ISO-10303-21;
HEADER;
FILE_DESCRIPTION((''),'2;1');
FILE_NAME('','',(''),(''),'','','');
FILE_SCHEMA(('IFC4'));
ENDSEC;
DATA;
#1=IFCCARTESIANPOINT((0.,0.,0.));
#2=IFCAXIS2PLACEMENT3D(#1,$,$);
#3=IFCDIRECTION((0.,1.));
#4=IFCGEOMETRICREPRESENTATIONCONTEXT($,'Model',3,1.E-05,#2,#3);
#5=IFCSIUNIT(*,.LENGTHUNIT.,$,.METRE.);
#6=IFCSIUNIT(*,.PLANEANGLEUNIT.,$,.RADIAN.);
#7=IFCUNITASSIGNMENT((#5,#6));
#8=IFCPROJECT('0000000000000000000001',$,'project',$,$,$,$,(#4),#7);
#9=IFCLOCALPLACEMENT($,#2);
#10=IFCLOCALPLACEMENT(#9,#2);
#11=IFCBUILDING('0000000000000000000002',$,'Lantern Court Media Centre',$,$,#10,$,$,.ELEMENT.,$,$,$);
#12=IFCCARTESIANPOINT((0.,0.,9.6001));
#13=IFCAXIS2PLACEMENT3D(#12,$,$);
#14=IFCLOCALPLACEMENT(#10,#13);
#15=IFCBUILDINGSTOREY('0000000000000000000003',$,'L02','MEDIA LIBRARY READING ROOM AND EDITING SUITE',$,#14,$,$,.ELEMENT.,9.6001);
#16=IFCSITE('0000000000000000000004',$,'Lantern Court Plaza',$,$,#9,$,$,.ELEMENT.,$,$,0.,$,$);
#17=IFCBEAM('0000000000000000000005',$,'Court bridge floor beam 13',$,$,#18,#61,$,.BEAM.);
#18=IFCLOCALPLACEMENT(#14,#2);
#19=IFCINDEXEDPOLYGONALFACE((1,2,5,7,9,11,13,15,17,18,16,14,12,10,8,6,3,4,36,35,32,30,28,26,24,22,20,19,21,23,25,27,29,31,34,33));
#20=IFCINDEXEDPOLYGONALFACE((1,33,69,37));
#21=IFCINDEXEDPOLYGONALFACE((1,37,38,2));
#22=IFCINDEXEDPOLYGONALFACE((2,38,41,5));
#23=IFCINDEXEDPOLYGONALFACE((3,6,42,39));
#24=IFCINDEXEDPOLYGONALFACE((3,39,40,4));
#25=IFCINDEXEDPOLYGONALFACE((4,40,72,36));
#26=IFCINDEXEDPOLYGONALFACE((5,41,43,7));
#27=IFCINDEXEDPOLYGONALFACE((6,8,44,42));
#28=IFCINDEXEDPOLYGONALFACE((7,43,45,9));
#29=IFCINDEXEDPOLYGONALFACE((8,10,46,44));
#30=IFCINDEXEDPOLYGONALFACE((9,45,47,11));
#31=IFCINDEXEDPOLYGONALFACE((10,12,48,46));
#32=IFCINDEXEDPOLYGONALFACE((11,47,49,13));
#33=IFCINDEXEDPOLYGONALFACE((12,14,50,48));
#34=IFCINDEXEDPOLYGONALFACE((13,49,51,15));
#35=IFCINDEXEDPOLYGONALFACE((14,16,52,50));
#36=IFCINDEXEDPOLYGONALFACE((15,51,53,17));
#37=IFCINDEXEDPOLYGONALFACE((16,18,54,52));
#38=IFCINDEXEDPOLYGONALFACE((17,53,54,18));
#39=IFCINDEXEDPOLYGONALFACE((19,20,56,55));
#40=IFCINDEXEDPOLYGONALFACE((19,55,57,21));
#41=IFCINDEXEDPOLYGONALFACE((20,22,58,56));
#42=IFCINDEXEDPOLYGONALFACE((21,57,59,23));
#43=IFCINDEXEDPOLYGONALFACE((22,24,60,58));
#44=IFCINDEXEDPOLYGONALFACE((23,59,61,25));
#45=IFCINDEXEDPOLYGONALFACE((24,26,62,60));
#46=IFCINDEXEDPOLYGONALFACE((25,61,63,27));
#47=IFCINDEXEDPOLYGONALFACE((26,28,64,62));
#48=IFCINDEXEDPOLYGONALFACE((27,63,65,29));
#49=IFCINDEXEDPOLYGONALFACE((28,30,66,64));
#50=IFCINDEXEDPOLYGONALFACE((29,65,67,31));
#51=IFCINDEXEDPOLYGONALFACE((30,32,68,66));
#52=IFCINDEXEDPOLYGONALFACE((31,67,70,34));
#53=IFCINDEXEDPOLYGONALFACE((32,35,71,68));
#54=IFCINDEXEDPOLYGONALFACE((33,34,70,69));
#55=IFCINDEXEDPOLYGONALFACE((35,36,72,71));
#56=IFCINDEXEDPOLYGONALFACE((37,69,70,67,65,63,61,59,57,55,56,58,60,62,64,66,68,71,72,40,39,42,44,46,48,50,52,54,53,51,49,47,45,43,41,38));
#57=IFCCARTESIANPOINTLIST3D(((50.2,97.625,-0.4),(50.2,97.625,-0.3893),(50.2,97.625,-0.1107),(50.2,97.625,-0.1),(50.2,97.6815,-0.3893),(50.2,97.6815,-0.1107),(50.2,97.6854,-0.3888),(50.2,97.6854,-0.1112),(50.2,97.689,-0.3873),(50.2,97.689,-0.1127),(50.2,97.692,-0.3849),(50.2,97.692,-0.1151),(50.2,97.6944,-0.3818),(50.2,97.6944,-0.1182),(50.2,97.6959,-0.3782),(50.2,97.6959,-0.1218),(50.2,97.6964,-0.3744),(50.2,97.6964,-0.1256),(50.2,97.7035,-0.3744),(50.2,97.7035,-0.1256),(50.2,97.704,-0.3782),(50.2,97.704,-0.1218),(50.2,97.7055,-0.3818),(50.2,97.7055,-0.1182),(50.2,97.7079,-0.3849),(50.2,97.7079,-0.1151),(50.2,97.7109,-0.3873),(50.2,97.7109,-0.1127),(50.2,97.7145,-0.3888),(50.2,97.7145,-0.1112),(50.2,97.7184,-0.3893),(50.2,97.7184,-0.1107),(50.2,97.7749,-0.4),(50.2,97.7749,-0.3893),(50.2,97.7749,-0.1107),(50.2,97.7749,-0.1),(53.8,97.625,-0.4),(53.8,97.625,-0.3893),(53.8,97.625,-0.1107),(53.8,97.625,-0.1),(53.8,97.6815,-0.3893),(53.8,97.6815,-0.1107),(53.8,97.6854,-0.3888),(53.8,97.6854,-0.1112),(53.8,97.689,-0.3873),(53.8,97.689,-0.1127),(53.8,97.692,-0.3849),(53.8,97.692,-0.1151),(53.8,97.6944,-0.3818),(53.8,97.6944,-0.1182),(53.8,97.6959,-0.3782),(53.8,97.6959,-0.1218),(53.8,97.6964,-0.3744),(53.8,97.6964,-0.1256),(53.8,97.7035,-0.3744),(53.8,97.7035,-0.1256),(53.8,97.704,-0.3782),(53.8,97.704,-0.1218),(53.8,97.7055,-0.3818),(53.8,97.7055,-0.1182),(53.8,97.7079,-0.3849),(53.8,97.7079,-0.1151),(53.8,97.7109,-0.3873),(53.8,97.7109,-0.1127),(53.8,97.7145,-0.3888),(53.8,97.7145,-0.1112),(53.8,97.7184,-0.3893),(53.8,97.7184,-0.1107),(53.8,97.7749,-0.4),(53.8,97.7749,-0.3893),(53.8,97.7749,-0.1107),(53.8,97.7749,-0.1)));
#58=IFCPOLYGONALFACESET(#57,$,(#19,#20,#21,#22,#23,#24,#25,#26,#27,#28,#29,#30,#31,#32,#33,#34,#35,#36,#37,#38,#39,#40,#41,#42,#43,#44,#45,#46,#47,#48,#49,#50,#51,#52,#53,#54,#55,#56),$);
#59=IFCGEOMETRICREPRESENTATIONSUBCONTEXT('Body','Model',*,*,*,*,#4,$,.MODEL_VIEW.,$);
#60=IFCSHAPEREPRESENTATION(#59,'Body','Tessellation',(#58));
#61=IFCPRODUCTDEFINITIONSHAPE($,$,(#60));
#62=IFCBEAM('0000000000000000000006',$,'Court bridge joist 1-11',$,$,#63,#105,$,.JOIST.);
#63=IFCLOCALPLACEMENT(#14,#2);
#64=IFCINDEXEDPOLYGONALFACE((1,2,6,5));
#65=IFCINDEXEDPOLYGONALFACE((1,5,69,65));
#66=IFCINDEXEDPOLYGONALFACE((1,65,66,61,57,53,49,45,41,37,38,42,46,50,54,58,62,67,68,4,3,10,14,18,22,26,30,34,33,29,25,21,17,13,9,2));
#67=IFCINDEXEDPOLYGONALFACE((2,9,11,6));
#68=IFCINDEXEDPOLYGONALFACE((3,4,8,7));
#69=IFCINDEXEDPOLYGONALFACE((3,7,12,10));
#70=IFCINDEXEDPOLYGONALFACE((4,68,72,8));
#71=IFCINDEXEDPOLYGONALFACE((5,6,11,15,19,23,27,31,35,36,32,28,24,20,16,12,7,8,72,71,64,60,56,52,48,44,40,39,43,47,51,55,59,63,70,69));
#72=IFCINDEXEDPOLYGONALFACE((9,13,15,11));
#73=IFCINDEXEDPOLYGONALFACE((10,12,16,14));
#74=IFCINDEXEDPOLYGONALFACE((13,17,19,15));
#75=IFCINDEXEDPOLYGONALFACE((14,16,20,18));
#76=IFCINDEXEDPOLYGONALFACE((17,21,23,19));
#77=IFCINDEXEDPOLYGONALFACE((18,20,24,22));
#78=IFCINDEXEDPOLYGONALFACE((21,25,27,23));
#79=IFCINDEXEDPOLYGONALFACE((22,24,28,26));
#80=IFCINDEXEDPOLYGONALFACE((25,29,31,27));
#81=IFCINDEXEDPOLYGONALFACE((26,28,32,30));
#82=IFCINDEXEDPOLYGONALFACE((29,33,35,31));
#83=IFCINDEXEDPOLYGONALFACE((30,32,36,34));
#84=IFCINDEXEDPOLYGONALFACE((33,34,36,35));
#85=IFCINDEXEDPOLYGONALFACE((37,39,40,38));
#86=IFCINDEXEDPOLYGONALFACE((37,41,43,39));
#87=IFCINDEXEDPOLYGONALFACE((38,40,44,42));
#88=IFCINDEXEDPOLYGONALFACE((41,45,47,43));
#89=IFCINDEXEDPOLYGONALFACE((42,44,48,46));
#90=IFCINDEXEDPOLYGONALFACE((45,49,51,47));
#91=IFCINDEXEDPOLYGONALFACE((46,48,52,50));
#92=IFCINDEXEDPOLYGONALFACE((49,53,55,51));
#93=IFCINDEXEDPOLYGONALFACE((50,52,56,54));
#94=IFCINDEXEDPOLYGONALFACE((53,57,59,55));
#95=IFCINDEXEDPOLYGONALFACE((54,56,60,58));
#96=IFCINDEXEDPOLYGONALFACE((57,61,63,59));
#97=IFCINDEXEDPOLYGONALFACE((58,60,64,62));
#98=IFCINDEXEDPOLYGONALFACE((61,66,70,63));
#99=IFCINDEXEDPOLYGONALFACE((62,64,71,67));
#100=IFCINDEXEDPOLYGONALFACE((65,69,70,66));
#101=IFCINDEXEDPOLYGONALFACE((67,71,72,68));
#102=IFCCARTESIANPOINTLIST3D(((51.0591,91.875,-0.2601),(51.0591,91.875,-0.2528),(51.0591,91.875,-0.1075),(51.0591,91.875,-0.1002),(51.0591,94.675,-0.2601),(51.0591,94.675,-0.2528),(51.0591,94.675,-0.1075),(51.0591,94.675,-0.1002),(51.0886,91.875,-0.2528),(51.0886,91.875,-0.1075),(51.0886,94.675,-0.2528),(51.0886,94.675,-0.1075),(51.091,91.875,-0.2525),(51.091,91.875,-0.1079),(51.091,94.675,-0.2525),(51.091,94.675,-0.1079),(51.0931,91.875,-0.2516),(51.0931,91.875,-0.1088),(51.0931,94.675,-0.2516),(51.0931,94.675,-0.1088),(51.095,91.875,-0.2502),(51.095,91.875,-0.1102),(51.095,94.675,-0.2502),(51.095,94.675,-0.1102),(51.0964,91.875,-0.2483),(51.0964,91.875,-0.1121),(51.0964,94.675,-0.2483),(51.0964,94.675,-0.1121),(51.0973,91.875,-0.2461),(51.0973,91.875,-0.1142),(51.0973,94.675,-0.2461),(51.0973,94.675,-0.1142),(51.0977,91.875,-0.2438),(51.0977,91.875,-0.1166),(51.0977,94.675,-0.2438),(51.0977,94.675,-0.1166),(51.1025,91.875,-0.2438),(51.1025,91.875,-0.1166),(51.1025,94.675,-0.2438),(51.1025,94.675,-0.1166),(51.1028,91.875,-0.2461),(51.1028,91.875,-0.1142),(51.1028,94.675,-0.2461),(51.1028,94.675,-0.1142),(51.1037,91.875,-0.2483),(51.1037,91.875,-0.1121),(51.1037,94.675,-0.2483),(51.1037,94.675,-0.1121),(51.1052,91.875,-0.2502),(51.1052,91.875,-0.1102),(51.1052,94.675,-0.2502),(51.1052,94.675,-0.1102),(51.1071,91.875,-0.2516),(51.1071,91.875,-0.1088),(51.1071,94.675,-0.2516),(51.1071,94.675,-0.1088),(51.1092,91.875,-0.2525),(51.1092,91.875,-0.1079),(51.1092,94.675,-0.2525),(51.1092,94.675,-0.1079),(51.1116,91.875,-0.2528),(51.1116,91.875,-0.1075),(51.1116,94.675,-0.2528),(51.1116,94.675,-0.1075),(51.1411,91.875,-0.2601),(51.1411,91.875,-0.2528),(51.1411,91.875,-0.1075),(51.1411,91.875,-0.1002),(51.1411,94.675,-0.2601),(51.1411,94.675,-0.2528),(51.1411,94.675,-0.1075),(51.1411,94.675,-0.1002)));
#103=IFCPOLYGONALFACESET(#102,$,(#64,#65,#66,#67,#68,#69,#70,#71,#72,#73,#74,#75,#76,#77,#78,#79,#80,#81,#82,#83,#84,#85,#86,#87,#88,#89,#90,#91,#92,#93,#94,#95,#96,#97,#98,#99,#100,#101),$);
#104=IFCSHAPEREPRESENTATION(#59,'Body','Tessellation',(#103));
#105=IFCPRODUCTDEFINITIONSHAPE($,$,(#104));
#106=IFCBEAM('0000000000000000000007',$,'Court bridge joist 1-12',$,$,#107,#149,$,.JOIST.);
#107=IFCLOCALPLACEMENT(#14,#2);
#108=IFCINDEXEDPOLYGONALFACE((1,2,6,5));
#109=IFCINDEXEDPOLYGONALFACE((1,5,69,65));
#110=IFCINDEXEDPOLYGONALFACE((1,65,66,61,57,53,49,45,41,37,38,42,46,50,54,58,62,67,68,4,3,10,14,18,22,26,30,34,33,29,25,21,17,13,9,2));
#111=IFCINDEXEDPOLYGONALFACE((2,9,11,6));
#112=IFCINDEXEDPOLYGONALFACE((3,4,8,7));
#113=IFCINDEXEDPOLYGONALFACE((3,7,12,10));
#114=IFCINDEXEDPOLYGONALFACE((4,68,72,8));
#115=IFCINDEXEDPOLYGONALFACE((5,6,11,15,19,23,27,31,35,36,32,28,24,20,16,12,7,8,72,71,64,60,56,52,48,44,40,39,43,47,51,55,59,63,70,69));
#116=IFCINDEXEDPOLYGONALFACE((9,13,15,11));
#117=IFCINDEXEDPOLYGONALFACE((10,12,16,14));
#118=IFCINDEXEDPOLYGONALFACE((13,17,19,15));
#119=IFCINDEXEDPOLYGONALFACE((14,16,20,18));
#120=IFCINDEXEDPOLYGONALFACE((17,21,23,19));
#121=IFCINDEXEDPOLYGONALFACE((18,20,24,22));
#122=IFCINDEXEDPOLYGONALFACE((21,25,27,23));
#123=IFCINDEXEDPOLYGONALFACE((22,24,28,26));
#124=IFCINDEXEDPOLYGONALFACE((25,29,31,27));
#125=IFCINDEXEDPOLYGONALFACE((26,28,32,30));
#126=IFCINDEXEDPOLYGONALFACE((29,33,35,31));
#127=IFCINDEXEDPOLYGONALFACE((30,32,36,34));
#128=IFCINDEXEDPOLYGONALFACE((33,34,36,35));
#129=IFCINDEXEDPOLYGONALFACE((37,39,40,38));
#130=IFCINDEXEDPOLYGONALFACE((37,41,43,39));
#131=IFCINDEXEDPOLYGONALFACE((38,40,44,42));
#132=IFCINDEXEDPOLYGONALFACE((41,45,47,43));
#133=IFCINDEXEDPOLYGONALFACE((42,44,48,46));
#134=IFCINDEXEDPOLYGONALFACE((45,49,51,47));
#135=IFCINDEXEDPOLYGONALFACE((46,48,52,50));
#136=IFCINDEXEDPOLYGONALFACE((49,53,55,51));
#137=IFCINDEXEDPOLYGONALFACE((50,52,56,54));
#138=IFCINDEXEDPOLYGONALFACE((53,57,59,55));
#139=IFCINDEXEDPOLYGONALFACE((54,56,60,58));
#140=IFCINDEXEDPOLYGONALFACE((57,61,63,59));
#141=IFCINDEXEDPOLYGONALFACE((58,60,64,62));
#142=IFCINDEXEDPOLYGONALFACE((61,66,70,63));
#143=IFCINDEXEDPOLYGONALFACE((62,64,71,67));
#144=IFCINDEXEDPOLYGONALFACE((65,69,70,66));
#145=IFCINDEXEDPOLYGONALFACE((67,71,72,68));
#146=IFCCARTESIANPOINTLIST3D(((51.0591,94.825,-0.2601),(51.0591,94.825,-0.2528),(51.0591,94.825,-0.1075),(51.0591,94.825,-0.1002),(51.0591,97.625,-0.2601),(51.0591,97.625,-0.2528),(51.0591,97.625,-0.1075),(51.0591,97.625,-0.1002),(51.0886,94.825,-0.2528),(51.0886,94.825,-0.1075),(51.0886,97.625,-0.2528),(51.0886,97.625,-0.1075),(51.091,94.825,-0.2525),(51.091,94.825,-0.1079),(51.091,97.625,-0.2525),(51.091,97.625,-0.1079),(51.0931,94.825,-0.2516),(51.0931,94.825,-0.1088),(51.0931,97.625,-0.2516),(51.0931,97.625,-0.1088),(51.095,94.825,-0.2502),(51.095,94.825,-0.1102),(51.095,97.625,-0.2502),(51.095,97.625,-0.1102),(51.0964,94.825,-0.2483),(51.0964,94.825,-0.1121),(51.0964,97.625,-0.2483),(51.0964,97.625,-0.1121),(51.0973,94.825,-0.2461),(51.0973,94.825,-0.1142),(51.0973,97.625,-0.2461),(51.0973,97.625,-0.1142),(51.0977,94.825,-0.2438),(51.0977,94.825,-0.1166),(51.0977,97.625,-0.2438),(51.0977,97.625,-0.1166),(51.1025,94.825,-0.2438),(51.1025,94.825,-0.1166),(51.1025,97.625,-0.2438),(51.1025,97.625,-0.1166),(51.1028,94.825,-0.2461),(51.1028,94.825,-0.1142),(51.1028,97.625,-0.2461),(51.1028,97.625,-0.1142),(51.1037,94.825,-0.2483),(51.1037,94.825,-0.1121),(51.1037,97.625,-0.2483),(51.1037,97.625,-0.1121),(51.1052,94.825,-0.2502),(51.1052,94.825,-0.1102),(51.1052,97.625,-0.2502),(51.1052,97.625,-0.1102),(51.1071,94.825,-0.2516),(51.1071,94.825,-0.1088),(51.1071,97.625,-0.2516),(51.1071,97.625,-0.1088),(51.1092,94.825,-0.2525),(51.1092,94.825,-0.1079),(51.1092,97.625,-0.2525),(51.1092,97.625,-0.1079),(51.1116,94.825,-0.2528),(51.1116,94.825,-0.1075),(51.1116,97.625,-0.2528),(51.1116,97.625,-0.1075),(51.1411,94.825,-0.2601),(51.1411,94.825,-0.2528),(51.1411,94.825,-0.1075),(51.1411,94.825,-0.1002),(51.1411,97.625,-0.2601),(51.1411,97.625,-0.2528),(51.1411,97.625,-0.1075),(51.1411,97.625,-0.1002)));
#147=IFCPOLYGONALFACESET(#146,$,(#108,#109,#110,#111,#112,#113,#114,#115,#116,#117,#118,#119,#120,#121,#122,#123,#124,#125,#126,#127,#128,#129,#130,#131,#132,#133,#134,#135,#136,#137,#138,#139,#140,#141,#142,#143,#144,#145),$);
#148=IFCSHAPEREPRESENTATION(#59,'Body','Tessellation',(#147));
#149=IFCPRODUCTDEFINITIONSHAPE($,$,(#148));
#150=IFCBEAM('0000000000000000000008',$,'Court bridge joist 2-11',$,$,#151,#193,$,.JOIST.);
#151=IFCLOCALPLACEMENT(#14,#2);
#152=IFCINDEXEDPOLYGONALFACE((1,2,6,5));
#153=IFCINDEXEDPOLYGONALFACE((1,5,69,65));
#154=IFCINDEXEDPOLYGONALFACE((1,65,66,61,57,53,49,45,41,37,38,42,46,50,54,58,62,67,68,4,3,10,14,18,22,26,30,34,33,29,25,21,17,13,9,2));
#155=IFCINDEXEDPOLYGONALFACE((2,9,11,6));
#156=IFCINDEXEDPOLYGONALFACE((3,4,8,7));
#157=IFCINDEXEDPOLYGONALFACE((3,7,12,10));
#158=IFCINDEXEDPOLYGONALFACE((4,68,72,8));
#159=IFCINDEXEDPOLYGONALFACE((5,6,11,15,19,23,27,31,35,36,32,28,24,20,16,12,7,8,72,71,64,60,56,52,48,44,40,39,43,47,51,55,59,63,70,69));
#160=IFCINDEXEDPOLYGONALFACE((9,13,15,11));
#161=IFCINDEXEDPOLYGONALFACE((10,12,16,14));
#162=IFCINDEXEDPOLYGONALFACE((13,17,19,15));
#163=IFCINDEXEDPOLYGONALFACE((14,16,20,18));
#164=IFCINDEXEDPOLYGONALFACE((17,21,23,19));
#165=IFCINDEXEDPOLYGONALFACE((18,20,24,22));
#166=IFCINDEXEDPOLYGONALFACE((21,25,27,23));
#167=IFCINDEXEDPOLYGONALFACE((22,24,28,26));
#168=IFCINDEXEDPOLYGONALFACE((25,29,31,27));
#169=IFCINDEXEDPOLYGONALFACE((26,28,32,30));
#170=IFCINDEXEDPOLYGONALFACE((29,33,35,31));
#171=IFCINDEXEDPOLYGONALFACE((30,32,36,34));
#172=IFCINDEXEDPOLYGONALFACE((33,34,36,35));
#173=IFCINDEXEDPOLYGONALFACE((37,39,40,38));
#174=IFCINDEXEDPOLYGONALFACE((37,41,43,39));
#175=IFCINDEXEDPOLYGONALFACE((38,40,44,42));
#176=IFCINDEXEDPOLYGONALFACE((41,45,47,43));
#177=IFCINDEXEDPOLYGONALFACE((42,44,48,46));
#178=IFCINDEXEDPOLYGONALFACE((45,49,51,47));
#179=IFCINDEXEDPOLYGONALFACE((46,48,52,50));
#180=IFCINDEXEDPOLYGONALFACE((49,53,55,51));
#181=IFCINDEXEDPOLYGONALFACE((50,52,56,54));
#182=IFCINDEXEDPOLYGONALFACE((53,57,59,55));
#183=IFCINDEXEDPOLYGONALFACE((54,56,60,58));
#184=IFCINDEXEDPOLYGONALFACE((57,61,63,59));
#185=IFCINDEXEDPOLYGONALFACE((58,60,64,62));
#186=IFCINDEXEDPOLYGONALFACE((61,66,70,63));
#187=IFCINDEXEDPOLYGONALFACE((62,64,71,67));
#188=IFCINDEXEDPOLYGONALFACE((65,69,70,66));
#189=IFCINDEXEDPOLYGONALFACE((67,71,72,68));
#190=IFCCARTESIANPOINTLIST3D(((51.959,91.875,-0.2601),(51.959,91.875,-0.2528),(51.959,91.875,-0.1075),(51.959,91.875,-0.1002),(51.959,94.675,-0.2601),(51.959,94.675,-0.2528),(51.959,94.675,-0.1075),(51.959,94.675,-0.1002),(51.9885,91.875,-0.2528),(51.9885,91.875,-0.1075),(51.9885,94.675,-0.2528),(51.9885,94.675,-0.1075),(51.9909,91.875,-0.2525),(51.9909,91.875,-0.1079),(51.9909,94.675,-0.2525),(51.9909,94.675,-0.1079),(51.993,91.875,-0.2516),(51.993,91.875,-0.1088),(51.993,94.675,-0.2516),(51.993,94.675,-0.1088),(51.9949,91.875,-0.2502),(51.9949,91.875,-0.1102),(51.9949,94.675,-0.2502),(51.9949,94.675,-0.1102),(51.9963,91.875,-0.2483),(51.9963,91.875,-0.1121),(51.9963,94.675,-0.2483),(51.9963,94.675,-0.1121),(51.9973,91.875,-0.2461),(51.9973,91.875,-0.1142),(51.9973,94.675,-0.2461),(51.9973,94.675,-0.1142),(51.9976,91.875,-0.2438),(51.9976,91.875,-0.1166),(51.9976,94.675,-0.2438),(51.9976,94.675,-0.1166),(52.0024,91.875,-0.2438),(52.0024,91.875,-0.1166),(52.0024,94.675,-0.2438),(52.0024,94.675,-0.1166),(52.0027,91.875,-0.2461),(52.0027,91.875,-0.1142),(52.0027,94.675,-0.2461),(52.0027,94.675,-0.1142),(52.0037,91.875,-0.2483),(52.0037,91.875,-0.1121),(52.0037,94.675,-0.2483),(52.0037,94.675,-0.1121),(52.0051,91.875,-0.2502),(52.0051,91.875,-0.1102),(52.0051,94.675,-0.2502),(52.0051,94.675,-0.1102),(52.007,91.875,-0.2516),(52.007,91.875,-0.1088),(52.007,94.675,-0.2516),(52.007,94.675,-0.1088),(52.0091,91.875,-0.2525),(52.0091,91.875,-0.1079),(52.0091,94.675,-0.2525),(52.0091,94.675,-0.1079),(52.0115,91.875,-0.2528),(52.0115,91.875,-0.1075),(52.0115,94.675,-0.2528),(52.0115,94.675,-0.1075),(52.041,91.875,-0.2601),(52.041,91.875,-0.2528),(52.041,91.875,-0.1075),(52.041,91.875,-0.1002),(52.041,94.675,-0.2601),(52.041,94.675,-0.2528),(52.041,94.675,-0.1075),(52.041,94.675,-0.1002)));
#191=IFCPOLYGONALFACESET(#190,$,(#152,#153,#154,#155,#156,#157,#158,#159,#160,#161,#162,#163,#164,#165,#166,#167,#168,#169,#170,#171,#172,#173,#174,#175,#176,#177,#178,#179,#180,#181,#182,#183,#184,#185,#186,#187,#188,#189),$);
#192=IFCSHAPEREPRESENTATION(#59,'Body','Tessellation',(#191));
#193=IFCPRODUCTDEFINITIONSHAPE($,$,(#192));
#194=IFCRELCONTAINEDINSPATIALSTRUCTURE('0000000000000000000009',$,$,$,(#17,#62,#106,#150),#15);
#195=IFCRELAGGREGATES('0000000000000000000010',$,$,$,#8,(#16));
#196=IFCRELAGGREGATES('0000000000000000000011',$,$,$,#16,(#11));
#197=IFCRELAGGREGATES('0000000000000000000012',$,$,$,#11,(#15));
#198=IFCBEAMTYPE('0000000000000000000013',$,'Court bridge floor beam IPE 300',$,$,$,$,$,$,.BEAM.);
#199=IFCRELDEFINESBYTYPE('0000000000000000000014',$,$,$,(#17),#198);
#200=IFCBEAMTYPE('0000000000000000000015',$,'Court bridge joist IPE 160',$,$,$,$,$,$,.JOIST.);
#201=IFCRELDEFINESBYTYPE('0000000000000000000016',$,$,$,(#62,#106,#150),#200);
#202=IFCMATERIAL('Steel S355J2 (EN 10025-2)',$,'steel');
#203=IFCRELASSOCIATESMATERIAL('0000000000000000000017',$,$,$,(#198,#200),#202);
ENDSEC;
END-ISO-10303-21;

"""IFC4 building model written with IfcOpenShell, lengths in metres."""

from ifc_helpers import new_model, si_unit, direction, frame, origin, origin_2d, place, context, subcontext, project, spatial, i_section, extrude, material, material_profile, profile_set, type_object, element, save


model = new_model("IFC4")

# Units and contexts
model_context = context("Model", 3, precision=1e-05, world=origin(), true_north=direction((0.0, 1.0)))
body_context = subcontext(model_context, "Body", "Model", "MODEL_VIEW")
ifc_project = project(units=[si_unit("LENGTHUNIT", "METRE"), si_unit("PLANEANGLEUNIT", "RADIAN")], contexts=[model_context])

# Site, building, storey
site_placement = place(None, origin())
site = spatial("IfcSite", under=ifc_project, at=site_placement, Name="Lantern Court Plaza", CompositionType="ELEMENT", RefElevation=0.0)
building_placement = place(site_placement, origin())
building = spatial("IfcBuilding", under=site, at=building_placement, Name="Lantern Court Media Centre", CompositionType="ELEMENT")
storey_placement = place(building_placement, frame((0.0, 0.0, 9.6001)))
storey = spatial("IfcBuildingStorey", under=building, at=storey_placement, Name="L02", Description="MEDIA LIBRARY READING ROOM AND EDITING SUITE", CompositionType="ELEMENT", Elevation=9.6001)

# Beams
ifc_material_1 = material(Name="Steel S355J2 (EN 10025-2)", Category="steel")
ifc_material_profile_1 = material_profile(ifc_material_1, i_section(OverallWidth=0.1499, OverallDepth=0.3, WebThickness=0.0071, FlangeThickness=0.0107, FilletRadius=0.0149, at=origin_2d()), Name="IPE 300")
ifc_profile_set_1 = profile_set([ifc_material_profile_1], Name="Steel S355J2 (EN 10025-2)")
beam_type_1 = type_object("IfcBeamType", Name="Court bridge floor beam IPE 300", PredefinedType="BEAM", material=ifc_profile_set_1)
beam_1_placement = place(storey_placement, frame((50.2, 97.7, -0.25), z_axis=(1.0, 0.0, 0.0), x_axis=(0.0, 1.0, 0.0)))
element("IfcBeam", 1, at=beam_1_placement, inside=storey, type_object=beam_type_1, Name="Court bridge floor beam 13", PredefinedType="BEAM", context=body_context, shape_type="SweptSolid", body=[
    extrude(i_section(OverallWidth=0.1499, OverallDepth=0.3, WebThickness=0.0071, FlangeThickness=0.0107, FilletRadius=0.0149, at=origin_2d()), origin(), (0.0, 0.0, 1.0), 3.6001),
])
ifc_material_profile_2 = material_profile(ifc_material_1, i_section(OverallWidth=0.082, OverallDepth=0.1599, WebThickness=0.0049, FlangeThickness=0.0073, FilletRadius=0.009, at=origin_2d()), Name="IPE 160")
ifc_profile_set_2 = profile_set([ifc_material_profile_2], Name="Steel S355J2 (EN 10025-2)")
beam_type_2 = type_object("IfcBeamType", Name="Court bridge joist IPE 160", PredefinedType="JOIST", material=ifc_profile_set_2)
for number, where, z_axis, x_axis, name in (
    (2, (51.1001, 91.875, -0.1802), (0.0, 1.0, 0.0), (-1.0, 0.0, 0.0), "Court bridge joist 1-11"),
    (3, (51.1001, 94.825, -0.1802), (0.0, 1.0, 0.0), (-1.0, 0.0, 0.0), "Court bridge joist 1-12"),
    (4, (52.0, 91.875, -0.1802), (0.0, 1.0, 0.0), (-1.0, 0.0, 0.0), "Court bridge joist 2-11"),
):
    element("IfcBeam", number, at=place(storey_placement, frame(where, z_axis=z_axis, x_axis=x_axis)), inside=storey, type_object=beam_type_2, Name=name, PredefinedType="JOIST", context=body_context, shape_type="SweptSolid", body=[
        extrude(i_section(OverallWidth=0.082, OverallDepth=0.1599, WebThickness=0.0049, FlangeThickness=0.0073, FilletRadius=0.009, at=origin_2d()), origin(), (0.0, 0.0, 1.0), 2.8),
    ])

save(model, "model.ifc")
